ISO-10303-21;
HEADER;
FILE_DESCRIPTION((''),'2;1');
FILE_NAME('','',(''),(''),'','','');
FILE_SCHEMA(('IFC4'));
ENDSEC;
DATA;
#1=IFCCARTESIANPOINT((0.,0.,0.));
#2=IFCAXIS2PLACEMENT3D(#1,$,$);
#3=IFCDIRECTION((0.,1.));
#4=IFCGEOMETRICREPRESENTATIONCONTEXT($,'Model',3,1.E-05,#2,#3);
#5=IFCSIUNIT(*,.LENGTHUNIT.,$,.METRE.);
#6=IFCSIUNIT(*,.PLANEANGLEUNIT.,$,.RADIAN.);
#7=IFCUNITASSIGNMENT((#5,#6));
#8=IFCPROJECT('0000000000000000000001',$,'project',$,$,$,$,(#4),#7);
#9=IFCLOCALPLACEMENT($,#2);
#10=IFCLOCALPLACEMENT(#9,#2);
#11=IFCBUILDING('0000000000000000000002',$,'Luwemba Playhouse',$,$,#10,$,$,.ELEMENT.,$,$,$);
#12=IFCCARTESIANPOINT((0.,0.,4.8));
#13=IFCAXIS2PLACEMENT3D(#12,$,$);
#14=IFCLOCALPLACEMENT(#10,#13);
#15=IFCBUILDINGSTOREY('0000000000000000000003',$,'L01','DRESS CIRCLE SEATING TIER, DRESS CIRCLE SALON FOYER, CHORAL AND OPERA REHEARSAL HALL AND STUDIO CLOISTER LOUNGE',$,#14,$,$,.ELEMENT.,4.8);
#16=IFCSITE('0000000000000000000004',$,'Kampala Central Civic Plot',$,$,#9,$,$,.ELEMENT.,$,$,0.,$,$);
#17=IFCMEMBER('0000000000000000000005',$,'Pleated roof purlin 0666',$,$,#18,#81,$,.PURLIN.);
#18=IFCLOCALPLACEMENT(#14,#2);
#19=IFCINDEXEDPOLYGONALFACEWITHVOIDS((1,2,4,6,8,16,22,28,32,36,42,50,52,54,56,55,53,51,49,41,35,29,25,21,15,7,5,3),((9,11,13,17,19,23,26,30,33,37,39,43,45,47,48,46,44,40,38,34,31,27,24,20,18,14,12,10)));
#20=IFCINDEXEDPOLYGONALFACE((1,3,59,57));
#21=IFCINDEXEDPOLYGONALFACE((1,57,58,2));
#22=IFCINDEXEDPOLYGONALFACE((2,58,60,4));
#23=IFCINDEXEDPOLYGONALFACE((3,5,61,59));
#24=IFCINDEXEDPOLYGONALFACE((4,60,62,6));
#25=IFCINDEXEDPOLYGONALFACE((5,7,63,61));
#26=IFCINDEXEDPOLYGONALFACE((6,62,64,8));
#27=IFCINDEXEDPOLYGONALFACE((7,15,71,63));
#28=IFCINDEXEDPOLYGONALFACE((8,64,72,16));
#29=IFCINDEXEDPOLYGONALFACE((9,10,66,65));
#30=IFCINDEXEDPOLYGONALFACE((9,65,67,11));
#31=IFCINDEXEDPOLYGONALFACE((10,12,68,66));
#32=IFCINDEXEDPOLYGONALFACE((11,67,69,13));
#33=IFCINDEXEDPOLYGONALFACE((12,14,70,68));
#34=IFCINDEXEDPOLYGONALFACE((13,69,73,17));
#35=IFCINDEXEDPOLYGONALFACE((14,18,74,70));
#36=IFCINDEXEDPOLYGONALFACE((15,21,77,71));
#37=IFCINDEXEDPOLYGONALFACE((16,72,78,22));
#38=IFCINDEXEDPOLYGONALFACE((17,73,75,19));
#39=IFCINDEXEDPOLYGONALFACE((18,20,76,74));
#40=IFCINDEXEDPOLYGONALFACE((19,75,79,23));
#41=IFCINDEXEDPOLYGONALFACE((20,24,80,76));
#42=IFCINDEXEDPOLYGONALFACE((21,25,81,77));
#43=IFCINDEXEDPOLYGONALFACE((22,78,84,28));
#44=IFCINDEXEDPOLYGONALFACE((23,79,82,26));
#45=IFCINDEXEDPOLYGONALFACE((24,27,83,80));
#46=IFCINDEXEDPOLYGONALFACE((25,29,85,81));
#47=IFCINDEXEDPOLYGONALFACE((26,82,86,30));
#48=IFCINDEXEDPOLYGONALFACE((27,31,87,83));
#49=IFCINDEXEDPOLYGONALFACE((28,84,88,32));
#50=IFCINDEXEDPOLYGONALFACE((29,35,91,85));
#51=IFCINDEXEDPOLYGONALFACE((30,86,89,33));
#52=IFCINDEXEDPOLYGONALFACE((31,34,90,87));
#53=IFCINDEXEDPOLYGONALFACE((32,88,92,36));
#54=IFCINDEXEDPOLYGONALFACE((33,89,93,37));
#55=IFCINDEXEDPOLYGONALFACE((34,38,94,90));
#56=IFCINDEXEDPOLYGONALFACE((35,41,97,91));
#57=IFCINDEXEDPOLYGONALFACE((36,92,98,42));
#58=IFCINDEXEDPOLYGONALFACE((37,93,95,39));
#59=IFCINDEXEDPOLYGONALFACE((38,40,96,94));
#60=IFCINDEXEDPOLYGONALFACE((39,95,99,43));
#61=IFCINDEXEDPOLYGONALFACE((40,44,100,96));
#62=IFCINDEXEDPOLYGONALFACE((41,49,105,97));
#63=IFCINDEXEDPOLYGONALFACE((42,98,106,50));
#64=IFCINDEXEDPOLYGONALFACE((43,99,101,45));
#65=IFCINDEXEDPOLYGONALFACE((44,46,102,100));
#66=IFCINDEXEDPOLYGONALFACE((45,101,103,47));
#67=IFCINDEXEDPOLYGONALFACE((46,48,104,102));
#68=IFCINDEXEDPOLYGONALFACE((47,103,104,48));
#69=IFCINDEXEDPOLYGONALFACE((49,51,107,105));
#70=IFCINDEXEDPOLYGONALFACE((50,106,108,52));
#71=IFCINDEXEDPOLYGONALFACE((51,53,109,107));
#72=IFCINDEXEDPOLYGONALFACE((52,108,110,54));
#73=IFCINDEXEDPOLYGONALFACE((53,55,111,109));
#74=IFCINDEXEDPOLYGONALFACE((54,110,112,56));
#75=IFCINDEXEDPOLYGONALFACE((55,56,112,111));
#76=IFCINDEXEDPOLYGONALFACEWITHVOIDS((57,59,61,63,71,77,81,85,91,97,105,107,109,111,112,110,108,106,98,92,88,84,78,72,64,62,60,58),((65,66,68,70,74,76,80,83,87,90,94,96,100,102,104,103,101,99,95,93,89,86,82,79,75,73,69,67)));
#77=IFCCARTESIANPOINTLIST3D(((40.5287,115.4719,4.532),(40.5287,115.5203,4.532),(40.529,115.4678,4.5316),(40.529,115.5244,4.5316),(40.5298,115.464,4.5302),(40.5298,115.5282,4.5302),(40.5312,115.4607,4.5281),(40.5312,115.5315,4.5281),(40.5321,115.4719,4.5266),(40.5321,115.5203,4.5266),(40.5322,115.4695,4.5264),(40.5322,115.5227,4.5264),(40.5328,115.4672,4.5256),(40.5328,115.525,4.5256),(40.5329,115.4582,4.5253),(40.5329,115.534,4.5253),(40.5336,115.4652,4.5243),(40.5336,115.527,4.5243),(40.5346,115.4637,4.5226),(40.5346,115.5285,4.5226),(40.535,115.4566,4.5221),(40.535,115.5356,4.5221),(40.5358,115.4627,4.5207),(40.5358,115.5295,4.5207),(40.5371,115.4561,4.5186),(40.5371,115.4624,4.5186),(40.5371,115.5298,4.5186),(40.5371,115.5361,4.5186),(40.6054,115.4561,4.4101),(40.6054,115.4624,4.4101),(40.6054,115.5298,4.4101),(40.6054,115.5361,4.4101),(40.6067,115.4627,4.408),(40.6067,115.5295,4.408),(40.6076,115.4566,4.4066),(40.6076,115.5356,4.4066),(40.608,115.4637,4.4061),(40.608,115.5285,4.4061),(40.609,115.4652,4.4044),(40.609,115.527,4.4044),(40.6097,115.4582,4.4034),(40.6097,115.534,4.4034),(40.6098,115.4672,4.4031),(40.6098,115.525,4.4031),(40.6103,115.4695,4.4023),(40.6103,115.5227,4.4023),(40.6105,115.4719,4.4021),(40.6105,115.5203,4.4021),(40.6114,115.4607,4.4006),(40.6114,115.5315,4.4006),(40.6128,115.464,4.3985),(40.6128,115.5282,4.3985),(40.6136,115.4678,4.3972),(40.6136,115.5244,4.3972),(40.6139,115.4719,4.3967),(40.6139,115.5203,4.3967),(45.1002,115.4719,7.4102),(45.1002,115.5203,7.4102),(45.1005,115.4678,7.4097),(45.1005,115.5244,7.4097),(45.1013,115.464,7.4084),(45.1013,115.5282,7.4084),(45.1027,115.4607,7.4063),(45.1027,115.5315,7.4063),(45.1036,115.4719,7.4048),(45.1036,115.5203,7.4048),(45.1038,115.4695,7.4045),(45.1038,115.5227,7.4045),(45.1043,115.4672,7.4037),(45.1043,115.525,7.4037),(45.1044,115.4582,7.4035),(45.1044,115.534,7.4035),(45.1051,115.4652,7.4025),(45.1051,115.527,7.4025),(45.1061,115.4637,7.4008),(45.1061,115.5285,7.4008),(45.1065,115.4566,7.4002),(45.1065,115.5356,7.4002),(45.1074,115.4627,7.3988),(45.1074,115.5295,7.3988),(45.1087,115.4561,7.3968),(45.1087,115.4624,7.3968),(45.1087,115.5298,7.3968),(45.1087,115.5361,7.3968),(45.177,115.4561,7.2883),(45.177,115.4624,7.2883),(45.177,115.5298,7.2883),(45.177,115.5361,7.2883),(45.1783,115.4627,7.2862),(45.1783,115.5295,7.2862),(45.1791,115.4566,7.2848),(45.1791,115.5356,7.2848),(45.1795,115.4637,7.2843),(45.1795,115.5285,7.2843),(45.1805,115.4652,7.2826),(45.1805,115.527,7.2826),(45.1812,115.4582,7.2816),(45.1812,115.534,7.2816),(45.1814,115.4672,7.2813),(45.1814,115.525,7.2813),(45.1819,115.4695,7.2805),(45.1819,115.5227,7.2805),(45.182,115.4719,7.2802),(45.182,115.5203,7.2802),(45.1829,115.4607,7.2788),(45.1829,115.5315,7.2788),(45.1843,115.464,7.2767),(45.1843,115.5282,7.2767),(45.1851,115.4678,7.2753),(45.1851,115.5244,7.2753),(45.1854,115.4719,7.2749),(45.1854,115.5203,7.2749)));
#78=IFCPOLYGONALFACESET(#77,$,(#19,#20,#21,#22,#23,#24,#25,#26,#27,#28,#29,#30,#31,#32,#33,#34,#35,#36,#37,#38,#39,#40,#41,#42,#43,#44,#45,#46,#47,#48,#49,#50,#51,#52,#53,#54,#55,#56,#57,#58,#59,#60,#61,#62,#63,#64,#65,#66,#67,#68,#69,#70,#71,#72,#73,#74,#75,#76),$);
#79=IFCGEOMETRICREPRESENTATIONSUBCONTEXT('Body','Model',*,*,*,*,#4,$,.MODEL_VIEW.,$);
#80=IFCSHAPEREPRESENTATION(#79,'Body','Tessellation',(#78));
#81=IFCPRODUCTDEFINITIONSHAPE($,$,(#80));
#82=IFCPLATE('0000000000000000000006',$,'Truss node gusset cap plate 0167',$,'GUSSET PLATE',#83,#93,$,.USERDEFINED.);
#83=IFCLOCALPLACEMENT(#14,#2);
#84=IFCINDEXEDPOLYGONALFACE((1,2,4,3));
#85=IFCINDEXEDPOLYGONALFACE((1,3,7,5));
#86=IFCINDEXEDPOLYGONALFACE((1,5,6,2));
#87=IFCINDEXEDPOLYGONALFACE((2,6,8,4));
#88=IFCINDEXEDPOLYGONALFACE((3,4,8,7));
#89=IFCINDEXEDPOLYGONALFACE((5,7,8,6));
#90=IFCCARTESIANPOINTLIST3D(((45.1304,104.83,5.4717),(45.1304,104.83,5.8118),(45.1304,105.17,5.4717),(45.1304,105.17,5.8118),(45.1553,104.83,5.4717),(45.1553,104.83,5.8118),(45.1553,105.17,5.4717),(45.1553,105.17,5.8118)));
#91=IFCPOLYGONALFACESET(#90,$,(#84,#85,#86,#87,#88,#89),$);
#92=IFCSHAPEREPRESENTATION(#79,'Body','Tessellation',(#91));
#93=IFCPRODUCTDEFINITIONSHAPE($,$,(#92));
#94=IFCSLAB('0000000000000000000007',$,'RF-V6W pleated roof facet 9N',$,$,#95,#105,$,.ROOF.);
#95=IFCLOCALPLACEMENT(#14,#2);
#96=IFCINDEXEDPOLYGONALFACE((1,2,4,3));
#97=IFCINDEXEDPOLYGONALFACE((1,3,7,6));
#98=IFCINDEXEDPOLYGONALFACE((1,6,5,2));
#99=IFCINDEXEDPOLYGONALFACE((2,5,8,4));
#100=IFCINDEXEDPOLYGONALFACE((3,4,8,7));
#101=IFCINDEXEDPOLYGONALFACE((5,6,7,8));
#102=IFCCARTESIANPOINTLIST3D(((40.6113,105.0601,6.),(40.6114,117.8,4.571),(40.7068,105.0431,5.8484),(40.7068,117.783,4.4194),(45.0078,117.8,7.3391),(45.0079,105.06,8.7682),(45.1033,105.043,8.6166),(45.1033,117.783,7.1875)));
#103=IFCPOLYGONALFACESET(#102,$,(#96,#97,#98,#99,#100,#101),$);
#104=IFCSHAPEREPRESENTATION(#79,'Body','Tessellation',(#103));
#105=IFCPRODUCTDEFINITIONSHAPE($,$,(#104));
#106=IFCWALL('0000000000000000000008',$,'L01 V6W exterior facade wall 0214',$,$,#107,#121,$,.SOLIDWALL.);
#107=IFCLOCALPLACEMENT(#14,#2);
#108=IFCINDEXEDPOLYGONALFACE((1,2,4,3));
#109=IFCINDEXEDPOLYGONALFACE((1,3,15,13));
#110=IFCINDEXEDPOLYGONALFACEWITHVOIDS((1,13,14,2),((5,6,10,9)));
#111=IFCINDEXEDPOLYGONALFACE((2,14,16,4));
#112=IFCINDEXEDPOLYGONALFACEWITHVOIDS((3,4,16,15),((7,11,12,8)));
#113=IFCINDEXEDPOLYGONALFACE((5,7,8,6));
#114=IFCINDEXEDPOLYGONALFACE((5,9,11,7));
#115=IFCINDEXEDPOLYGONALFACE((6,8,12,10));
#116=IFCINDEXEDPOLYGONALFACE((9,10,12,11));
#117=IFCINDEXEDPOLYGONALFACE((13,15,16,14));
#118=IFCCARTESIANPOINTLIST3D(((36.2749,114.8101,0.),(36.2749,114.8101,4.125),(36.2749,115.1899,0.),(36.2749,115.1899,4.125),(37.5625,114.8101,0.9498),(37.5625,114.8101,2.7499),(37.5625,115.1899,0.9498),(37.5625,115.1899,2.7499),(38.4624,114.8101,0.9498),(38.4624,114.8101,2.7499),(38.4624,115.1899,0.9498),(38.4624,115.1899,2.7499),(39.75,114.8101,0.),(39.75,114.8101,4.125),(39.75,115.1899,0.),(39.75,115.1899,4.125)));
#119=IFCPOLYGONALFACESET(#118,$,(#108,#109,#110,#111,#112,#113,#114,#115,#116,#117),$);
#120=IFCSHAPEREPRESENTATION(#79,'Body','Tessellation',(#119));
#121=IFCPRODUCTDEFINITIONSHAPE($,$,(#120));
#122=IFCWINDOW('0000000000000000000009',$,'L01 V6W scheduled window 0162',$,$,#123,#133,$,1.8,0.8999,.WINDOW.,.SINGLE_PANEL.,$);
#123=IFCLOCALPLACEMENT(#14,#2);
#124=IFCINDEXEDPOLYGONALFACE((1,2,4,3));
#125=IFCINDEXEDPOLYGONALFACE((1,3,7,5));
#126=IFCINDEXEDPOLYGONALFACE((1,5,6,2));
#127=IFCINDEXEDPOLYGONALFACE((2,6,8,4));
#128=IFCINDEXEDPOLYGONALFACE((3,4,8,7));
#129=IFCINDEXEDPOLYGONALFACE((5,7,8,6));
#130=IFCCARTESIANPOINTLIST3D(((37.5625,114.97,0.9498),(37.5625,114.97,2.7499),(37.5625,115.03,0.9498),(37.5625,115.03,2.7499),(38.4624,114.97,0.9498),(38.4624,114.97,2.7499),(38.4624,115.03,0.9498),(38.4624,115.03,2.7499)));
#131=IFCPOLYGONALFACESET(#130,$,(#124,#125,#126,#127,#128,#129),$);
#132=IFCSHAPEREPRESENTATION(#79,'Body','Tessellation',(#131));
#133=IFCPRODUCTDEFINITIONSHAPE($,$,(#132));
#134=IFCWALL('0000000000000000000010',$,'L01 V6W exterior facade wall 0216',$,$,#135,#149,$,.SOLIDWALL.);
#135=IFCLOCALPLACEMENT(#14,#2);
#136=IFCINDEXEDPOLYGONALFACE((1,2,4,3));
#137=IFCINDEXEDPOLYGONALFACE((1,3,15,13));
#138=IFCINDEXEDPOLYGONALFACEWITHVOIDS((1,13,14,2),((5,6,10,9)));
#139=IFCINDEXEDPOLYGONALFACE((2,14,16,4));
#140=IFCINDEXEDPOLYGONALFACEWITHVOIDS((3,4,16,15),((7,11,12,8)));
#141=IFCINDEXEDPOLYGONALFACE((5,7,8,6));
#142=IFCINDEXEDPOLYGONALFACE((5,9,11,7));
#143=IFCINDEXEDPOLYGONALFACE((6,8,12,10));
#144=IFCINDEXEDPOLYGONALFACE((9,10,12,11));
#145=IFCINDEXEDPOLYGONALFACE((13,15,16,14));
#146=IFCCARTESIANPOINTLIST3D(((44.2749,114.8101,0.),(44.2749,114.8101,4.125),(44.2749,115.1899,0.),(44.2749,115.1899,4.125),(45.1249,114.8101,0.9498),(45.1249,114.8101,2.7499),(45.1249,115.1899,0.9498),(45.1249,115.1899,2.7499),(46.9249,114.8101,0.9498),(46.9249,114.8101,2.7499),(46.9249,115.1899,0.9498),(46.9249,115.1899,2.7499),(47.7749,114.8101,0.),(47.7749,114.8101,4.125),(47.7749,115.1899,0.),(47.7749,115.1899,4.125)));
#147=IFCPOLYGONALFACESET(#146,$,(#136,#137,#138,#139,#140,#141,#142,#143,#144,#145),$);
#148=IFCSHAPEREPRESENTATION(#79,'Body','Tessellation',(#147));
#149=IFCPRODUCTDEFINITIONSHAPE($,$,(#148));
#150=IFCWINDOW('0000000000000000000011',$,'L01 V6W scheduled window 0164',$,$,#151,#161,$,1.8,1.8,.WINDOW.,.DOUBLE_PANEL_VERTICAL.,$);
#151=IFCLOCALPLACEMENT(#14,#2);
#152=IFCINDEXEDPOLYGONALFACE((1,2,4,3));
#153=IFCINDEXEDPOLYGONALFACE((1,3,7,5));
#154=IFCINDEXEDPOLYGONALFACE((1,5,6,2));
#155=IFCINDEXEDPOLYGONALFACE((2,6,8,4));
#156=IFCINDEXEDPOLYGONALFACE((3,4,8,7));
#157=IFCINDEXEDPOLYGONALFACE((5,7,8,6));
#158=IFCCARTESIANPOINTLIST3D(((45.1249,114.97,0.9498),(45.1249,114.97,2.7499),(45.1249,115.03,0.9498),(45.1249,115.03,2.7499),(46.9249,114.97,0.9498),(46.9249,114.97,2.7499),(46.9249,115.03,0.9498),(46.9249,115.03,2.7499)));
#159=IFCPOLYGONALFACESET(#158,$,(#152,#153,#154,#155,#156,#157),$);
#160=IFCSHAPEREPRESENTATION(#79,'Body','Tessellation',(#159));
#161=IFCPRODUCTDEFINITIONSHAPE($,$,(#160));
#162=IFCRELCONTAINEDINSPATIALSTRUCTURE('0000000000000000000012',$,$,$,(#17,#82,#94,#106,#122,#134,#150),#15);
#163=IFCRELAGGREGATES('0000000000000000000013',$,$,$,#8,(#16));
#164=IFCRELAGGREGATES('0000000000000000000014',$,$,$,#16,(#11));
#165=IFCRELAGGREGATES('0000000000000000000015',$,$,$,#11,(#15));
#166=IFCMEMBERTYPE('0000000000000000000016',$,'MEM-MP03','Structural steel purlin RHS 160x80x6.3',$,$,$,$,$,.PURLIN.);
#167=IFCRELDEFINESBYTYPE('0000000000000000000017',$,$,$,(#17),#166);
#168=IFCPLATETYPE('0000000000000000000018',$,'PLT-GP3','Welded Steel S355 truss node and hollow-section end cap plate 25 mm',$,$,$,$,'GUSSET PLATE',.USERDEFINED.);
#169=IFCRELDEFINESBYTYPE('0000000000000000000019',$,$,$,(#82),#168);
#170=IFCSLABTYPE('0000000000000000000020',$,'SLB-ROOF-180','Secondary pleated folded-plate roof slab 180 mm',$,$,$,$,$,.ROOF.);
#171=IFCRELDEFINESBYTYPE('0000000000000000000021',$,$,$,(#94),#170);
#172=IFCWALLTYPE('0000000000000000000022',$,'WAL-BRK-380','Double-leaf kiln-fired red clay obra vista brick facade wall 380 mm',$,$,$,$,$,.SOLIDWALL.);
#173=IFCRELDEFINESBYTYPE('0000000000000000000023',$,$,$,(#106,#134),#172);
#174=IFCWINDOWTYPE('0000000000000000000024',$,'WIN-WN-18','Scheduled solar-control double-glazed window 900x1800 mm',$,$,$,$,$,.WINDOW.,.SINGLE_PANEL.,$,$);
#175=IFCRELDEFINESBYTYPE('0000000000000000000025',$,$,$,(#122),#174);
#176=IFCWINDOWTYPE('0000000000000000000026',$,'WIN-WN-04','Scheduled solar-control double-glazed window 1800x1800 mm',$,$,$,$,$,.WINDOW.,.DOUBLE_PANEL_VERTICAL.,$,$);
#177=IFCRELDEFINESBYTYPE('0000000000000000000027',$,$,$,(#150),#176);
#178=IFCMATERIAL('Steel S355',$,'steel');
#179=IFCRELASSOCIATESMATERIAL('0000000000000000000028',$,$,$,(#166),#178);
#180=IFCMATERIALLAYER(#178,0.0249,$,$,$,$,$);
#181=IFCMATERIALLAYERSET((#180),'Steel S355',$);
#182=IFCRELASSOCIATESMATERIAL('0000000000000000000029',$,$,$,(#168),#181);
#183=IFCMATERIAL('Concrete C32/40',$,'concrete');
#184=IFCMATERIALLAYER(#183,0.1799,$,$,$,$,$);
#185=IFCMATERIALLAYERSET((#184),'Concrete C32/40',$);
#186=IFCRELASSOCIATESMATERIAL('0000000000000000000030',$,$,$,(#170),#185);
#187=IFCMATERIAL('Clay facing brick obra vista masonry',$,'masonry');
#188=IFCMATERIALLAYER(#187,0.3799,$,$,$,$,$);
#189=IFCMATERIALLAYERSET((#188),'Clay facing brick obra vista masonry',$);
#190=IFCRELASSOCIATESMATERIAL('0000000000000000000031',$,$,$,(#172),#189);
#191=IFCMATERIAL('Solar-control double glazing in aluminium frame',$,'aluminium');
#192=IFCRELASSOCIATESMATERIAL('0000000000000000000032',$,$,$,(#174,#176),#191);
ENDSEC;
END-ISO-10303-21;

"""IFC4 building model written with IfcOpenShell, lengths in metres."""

from ifc_helpers import new_model, si_unit, direction, frame, frame_2d, origin, origin_2d, place, context, subcontext, project, spatial, polyline, rectangle, hollow_rectangle, outline, extrude, material, layer, layer_set, material_profile, profile_set, type_object, element, fill, save


model = new_model("IFC4")

# Units and contexts
model_context = context("Model", 3, precision=1e-05, world=origin(), true_north=direction((0.0, 1.0)))
body_context = subcontext(model_context, "Body", "Model", "MODEL_VIEW")
ifc_project = project(units=[si_unit("LENGTHUNIT", "METRE"), si_unit("PLANEANGLEUNIT", "RADIAN")], contexts=[model_context])

# Site, building, storey
site_placement = place(None, origin())
site = spatial("IfcSite", under=ifc_project, at=site_placement, Name="Kampala Central Civic Plot", CompositionType="ELEMENT", RefElevation=0.0)
building_placement = place(site_placement, origin())
building = spatial("IfcBuilding", under=site, at=building_placement, Name="Luwemba Playhouse", CompositionType="ELEMENT")
storey_placement = place(building_placement, frame((0.0, 0.0, 4.8)))
storey = spatial("IfcBuildingStorey", under=building, at=storey_placement, Name="L01", Description="DRESS CIRCLE SEATING TIER, DRESS CIRCLE SALON FOYER, CHORAL AND OPERA REHEARSAL HALL AND STUDIO CLOISTER LOUNGE", CompositionType="ELEMENT", Elevation=4.8)

# Shared definitions
ifc_material_1 = material(Name="Steel S355", Category="steel")

# Member
ifc_material_profile_1 = material_profile(ifc_material_1, hollow_rectangle(XDim=0.0801, YDim=0.1599, WallThickness=0.0063, InnerFilletRadius=0.0095, OuterFilletRadius=0.0159, at=origin_2d()))
ifc_profile_set_1 = profile_set([ifc_material_profile_1], Name="Steel S355")
member_type_1 = type_object("IfcMemberType", Name="MEM-MP03", Description="Structural steel purlin RHS 160x80x6.3", PredefinedType="PURLIN", material=ifc_profile_set_1)
member_1_placement = place(storey_placement, frame((40.5713, 115.4961, 4.4644), z_axis=(0.846249, 0.0, 0.532787), x_axis=(0.0, 1.0, 0.0)))
element("IfcMember", 1, at=member_1_placement, inside=storey, type_object=member_type_1, Name="Pleated roof purlin 0666", PredefinedType="PURLIN", context=body_context, shape_type="SweptSolid", body=[
    extrude(hollow_rectangle(XDim=0.0801, YDim=0.1599, WallThickness=0.0063, InnerFilletRadius=0.0095, OuterFilletRadius=0.0159, at=origin_2d()), origin(), (0.0, 0.0, 1.0), 5.4021),
])

# Plate
ifc_layer_1 = layer(ifc_material_1, 0.0249)
ifc_layer_set_1 = layer_set([ifc_layer_1], Name="Steel S355")
plate_type = type_object("IfcPlateType", Name="PLT-GP3", Description="Welded Steel S355 truss node and hollow-section end cap plate 25 mm", ElementType="GUSSET PLATE", PredefinedType="USERDEFINED", material=ifc_layer_set_1)
plate_placement = place(storey_placement, frame((45.1428, 105.0, 5.4717), z_axis=(0.0, 0.0, 1.0), x_axis=(1.0, 0.0, 0.0)))
element("IfcPlate", 2, at=plate_placement, inside=storey, type_object=plate_type, Name="Truss node gusset cap plate 0167", ObjectType="GUSSET PLATE", PredefinedType="USERDEFINED", context=body_context, shape_type="SweptSolid", body=[
    extrude(rectangle(XDim=0.0249, YDim=0.3401, at=origin_2d()), origin(), (0.0, 0.0, 1.0), 0.3401),
])

# Slab
ifc_material_2 = material(Name="Concrete C32/40", Category="concrete")
ifc_layer_2 = layer(ifc_material_2, 0.1799)
ifc_layer_set_2 = layer_set([ifc_layer_2], Name="Concrete C32/40")
slab_type = type_object("IfcSlabType", Name="SLB-ROOF-180", Description="Secondary pleated folded-plate roof slab 180 mm", PredefinedType="ROOF", material=ifc_layer_set_2)
slab_placement = place(storey_placement, frame((40.6113, 105.0601, 6.0), z_axis=(-0.530433, 0.094499, 0.842443), x_axis=(0.84623, -0.000002, 0.532818)))
element("IfcSlab", 3, at=slab_placement, inside=storey, type_object=slab_type, Name="RF-V6W pleated roof facet 9N", PredefinedType="ROOF", context=body_context, shape_type="SweptSolid", body=[
    extrude(outline(polyline([(0.0, 0.0), (5.1954, 0.0), (4.4339, 12.7973), (-0.7614, 12.7972), (0.0, 0.0)])), origin(), (0.0, 0.0, -1.0), 0.1799),
])

# Walls, openings, windows
ifc_material_3 = material(Name="Clay facing brick obra vista masonry", Category="masonry")
ifc_layer_3 = layer(ifc_material_3, 0.3799)
ifc_layer_set_3 = layer_set([ifc_layer_3], Name="Clay facing brick obra vista masonry")
wall_type_1 = type_object("IfcWallType", Name="WAL-BRK-380", Description="Double-leaf kiln-fired red clay obra vista brick facade wall 380 mm", PredefinedType="SOLIDWALL", material=ifc_layer_set_3)
wall_1_placement = place(storey_placement, frame((36.2749, 115.0, 0.0), z_axis=(0.0, 0.0, 1.0), x_axis=(1.0, 0.0, 0.0)))
wall_1 = element("IfcWall", 4, at=wall_1_placement, inside=storey, type_object=wall_type_1, Name="L01 V6W exterior facade wall 0214", PredefinedType="SOLIDWALL", context=body_context, shape_type="SweptSolid", body=[
    extrude(rectangle(XDim=3.4751, YDim=0.3799, at=frame_2d((1.7375, 0.0))), origin(), (0.0, 0.0, 1.0), 4.125),
])
opening_1_placement = place(wall_1_placement, frame((1.2876, 0.0, 0.95)))
opening_1 = element("IfcOpeningElement", 5, at=opening_1_placement, cuts=wall_1, PredefinedType="OPENING", context=body_context, shape_type="SweptSolid", body=[
    extrude(rectangle(XDim=0.8999, YDim=1.8, at=frame_2d((0.45, 0.8999))), frame((0.0, 0.2, 0.0), z_axis=(0.0, -1.0, 0.0), x_axis=(1.0, 0.0, 0.0)), (0.0, 0.0, 1.0), 0.3999),
])
ifc_material_4 = material(Name="Solar-control double glazing in aluminium frame", Category="aluminium")
window_type_1 = type_object("IfcWindowType", Name="WIN-WN-18", Description="Scheduled solar-control double-glazed window 900x1800 mm", PartitioningType="SINGLE_PANEL", PredefinedType="WINDOW", material=ifc_material_4)
window_1_placement = place(opening_1_placement, origin())
window_1 = element("IfcWindow", 6, at=window_1_placement, inside=storey, type_object=window_type_1, Name="L01 V6W scheduled window 0162", OverallHeight=1.8, OverallWidth=0.8999, PartitioningType="SINGLE_PANEL", PredefinedType="WINDOW", context=body_context, shape_type="SweptSolid", body=[
    extrude(rectangle(XDim=0.8999, YDim=1.8, at=frame_2d((0.45, 0.8999))), frame((0.0, 0.03, 0.0), z_axis=(0.0, -1.0, 0.0), x_axis=(1.0, 0.0, 0.0)), (0.0, 0.0, 1.0), 0.0601),
])
fill(opening_1, window_1)
wall_2_placement = place(storey_placement, frame((44.2749, 115.0, 0.0), z_axis=(0.0, 0.0, 1.0), x_axis=(1.0, 0.0, 0.0)))
wall_2 = element("IfcWall", 7, at=wall_2_placement, inside=storey, type_object=wall_type_1, Name="L01 V6W exterior facade wall 0216", PredefinedType="SOLIDWALL", context=body_context, shape_type="SweptSolid", body=[
    extrude(rectangle(XDim=3.5, YDim=0.3799, at=frame_2d((1.75, 0.0))), origin(), (0.0, 0.0, 1.0), 4.125),
])
opening_2_placement = place(wall_2_placement, frame((0.8501, 0.0, 0.95)))
opening_2 = element("IfcOpeningElement", 8, at=opening_2_placement, cuts=wall_2, PredefinedType="OPENING", context=body_context, shape_type="SweptSolid", body=[
    extrude(rectangle(XDim=1.8, YDim=1.8, at=frame_2d((0.8999, 0.8999))), frame((0.0, 0.2, 0.0), z_axis=(0.0, -1.0, 0.0), x_axis=(1.0, 0.0, 0.0)), (0.0, 0.0, 1.0), 0.3999),
])
window_type_2 = type_object("IfcWindowType", Name="WIN-WN-04", Description="Scheduled solar-control double-glazed window 1800x1800 mm", PartitioningType="DOUBLE_PANEL_VERTICAL", PredefinedType="WINDOW", material=ifc_material_4)
window_2_placement = place(opening_2_placement, origin())
window_2 = element("IfcWindow", 9, at=window_2_placement, inside=storey, type_object=window_type_2, Name="L01 V6W scheduled window 0164", OverallHeight=1.8, OverallWidth=1.8, PartitioningType="DOUBLE_PANEL_VERTICAL", PredefinedType="WINDOW", context=body_context, shape_type="SweptSolid", body=[
    extrude(rectangle(XDim=1.8, YDim=1.8, at=frame_2d((0.8999, 0.8999))), frame((0.0, 0.03, 0.0), z_axis=(0.0, -1.0, 0.0), x_axis=(1.0, 0.0, 0.0)), (0.0, 0.0, 1.0), 0.0601),
])
fill(opening_2, window_2)

save(model, "model.ifc")
